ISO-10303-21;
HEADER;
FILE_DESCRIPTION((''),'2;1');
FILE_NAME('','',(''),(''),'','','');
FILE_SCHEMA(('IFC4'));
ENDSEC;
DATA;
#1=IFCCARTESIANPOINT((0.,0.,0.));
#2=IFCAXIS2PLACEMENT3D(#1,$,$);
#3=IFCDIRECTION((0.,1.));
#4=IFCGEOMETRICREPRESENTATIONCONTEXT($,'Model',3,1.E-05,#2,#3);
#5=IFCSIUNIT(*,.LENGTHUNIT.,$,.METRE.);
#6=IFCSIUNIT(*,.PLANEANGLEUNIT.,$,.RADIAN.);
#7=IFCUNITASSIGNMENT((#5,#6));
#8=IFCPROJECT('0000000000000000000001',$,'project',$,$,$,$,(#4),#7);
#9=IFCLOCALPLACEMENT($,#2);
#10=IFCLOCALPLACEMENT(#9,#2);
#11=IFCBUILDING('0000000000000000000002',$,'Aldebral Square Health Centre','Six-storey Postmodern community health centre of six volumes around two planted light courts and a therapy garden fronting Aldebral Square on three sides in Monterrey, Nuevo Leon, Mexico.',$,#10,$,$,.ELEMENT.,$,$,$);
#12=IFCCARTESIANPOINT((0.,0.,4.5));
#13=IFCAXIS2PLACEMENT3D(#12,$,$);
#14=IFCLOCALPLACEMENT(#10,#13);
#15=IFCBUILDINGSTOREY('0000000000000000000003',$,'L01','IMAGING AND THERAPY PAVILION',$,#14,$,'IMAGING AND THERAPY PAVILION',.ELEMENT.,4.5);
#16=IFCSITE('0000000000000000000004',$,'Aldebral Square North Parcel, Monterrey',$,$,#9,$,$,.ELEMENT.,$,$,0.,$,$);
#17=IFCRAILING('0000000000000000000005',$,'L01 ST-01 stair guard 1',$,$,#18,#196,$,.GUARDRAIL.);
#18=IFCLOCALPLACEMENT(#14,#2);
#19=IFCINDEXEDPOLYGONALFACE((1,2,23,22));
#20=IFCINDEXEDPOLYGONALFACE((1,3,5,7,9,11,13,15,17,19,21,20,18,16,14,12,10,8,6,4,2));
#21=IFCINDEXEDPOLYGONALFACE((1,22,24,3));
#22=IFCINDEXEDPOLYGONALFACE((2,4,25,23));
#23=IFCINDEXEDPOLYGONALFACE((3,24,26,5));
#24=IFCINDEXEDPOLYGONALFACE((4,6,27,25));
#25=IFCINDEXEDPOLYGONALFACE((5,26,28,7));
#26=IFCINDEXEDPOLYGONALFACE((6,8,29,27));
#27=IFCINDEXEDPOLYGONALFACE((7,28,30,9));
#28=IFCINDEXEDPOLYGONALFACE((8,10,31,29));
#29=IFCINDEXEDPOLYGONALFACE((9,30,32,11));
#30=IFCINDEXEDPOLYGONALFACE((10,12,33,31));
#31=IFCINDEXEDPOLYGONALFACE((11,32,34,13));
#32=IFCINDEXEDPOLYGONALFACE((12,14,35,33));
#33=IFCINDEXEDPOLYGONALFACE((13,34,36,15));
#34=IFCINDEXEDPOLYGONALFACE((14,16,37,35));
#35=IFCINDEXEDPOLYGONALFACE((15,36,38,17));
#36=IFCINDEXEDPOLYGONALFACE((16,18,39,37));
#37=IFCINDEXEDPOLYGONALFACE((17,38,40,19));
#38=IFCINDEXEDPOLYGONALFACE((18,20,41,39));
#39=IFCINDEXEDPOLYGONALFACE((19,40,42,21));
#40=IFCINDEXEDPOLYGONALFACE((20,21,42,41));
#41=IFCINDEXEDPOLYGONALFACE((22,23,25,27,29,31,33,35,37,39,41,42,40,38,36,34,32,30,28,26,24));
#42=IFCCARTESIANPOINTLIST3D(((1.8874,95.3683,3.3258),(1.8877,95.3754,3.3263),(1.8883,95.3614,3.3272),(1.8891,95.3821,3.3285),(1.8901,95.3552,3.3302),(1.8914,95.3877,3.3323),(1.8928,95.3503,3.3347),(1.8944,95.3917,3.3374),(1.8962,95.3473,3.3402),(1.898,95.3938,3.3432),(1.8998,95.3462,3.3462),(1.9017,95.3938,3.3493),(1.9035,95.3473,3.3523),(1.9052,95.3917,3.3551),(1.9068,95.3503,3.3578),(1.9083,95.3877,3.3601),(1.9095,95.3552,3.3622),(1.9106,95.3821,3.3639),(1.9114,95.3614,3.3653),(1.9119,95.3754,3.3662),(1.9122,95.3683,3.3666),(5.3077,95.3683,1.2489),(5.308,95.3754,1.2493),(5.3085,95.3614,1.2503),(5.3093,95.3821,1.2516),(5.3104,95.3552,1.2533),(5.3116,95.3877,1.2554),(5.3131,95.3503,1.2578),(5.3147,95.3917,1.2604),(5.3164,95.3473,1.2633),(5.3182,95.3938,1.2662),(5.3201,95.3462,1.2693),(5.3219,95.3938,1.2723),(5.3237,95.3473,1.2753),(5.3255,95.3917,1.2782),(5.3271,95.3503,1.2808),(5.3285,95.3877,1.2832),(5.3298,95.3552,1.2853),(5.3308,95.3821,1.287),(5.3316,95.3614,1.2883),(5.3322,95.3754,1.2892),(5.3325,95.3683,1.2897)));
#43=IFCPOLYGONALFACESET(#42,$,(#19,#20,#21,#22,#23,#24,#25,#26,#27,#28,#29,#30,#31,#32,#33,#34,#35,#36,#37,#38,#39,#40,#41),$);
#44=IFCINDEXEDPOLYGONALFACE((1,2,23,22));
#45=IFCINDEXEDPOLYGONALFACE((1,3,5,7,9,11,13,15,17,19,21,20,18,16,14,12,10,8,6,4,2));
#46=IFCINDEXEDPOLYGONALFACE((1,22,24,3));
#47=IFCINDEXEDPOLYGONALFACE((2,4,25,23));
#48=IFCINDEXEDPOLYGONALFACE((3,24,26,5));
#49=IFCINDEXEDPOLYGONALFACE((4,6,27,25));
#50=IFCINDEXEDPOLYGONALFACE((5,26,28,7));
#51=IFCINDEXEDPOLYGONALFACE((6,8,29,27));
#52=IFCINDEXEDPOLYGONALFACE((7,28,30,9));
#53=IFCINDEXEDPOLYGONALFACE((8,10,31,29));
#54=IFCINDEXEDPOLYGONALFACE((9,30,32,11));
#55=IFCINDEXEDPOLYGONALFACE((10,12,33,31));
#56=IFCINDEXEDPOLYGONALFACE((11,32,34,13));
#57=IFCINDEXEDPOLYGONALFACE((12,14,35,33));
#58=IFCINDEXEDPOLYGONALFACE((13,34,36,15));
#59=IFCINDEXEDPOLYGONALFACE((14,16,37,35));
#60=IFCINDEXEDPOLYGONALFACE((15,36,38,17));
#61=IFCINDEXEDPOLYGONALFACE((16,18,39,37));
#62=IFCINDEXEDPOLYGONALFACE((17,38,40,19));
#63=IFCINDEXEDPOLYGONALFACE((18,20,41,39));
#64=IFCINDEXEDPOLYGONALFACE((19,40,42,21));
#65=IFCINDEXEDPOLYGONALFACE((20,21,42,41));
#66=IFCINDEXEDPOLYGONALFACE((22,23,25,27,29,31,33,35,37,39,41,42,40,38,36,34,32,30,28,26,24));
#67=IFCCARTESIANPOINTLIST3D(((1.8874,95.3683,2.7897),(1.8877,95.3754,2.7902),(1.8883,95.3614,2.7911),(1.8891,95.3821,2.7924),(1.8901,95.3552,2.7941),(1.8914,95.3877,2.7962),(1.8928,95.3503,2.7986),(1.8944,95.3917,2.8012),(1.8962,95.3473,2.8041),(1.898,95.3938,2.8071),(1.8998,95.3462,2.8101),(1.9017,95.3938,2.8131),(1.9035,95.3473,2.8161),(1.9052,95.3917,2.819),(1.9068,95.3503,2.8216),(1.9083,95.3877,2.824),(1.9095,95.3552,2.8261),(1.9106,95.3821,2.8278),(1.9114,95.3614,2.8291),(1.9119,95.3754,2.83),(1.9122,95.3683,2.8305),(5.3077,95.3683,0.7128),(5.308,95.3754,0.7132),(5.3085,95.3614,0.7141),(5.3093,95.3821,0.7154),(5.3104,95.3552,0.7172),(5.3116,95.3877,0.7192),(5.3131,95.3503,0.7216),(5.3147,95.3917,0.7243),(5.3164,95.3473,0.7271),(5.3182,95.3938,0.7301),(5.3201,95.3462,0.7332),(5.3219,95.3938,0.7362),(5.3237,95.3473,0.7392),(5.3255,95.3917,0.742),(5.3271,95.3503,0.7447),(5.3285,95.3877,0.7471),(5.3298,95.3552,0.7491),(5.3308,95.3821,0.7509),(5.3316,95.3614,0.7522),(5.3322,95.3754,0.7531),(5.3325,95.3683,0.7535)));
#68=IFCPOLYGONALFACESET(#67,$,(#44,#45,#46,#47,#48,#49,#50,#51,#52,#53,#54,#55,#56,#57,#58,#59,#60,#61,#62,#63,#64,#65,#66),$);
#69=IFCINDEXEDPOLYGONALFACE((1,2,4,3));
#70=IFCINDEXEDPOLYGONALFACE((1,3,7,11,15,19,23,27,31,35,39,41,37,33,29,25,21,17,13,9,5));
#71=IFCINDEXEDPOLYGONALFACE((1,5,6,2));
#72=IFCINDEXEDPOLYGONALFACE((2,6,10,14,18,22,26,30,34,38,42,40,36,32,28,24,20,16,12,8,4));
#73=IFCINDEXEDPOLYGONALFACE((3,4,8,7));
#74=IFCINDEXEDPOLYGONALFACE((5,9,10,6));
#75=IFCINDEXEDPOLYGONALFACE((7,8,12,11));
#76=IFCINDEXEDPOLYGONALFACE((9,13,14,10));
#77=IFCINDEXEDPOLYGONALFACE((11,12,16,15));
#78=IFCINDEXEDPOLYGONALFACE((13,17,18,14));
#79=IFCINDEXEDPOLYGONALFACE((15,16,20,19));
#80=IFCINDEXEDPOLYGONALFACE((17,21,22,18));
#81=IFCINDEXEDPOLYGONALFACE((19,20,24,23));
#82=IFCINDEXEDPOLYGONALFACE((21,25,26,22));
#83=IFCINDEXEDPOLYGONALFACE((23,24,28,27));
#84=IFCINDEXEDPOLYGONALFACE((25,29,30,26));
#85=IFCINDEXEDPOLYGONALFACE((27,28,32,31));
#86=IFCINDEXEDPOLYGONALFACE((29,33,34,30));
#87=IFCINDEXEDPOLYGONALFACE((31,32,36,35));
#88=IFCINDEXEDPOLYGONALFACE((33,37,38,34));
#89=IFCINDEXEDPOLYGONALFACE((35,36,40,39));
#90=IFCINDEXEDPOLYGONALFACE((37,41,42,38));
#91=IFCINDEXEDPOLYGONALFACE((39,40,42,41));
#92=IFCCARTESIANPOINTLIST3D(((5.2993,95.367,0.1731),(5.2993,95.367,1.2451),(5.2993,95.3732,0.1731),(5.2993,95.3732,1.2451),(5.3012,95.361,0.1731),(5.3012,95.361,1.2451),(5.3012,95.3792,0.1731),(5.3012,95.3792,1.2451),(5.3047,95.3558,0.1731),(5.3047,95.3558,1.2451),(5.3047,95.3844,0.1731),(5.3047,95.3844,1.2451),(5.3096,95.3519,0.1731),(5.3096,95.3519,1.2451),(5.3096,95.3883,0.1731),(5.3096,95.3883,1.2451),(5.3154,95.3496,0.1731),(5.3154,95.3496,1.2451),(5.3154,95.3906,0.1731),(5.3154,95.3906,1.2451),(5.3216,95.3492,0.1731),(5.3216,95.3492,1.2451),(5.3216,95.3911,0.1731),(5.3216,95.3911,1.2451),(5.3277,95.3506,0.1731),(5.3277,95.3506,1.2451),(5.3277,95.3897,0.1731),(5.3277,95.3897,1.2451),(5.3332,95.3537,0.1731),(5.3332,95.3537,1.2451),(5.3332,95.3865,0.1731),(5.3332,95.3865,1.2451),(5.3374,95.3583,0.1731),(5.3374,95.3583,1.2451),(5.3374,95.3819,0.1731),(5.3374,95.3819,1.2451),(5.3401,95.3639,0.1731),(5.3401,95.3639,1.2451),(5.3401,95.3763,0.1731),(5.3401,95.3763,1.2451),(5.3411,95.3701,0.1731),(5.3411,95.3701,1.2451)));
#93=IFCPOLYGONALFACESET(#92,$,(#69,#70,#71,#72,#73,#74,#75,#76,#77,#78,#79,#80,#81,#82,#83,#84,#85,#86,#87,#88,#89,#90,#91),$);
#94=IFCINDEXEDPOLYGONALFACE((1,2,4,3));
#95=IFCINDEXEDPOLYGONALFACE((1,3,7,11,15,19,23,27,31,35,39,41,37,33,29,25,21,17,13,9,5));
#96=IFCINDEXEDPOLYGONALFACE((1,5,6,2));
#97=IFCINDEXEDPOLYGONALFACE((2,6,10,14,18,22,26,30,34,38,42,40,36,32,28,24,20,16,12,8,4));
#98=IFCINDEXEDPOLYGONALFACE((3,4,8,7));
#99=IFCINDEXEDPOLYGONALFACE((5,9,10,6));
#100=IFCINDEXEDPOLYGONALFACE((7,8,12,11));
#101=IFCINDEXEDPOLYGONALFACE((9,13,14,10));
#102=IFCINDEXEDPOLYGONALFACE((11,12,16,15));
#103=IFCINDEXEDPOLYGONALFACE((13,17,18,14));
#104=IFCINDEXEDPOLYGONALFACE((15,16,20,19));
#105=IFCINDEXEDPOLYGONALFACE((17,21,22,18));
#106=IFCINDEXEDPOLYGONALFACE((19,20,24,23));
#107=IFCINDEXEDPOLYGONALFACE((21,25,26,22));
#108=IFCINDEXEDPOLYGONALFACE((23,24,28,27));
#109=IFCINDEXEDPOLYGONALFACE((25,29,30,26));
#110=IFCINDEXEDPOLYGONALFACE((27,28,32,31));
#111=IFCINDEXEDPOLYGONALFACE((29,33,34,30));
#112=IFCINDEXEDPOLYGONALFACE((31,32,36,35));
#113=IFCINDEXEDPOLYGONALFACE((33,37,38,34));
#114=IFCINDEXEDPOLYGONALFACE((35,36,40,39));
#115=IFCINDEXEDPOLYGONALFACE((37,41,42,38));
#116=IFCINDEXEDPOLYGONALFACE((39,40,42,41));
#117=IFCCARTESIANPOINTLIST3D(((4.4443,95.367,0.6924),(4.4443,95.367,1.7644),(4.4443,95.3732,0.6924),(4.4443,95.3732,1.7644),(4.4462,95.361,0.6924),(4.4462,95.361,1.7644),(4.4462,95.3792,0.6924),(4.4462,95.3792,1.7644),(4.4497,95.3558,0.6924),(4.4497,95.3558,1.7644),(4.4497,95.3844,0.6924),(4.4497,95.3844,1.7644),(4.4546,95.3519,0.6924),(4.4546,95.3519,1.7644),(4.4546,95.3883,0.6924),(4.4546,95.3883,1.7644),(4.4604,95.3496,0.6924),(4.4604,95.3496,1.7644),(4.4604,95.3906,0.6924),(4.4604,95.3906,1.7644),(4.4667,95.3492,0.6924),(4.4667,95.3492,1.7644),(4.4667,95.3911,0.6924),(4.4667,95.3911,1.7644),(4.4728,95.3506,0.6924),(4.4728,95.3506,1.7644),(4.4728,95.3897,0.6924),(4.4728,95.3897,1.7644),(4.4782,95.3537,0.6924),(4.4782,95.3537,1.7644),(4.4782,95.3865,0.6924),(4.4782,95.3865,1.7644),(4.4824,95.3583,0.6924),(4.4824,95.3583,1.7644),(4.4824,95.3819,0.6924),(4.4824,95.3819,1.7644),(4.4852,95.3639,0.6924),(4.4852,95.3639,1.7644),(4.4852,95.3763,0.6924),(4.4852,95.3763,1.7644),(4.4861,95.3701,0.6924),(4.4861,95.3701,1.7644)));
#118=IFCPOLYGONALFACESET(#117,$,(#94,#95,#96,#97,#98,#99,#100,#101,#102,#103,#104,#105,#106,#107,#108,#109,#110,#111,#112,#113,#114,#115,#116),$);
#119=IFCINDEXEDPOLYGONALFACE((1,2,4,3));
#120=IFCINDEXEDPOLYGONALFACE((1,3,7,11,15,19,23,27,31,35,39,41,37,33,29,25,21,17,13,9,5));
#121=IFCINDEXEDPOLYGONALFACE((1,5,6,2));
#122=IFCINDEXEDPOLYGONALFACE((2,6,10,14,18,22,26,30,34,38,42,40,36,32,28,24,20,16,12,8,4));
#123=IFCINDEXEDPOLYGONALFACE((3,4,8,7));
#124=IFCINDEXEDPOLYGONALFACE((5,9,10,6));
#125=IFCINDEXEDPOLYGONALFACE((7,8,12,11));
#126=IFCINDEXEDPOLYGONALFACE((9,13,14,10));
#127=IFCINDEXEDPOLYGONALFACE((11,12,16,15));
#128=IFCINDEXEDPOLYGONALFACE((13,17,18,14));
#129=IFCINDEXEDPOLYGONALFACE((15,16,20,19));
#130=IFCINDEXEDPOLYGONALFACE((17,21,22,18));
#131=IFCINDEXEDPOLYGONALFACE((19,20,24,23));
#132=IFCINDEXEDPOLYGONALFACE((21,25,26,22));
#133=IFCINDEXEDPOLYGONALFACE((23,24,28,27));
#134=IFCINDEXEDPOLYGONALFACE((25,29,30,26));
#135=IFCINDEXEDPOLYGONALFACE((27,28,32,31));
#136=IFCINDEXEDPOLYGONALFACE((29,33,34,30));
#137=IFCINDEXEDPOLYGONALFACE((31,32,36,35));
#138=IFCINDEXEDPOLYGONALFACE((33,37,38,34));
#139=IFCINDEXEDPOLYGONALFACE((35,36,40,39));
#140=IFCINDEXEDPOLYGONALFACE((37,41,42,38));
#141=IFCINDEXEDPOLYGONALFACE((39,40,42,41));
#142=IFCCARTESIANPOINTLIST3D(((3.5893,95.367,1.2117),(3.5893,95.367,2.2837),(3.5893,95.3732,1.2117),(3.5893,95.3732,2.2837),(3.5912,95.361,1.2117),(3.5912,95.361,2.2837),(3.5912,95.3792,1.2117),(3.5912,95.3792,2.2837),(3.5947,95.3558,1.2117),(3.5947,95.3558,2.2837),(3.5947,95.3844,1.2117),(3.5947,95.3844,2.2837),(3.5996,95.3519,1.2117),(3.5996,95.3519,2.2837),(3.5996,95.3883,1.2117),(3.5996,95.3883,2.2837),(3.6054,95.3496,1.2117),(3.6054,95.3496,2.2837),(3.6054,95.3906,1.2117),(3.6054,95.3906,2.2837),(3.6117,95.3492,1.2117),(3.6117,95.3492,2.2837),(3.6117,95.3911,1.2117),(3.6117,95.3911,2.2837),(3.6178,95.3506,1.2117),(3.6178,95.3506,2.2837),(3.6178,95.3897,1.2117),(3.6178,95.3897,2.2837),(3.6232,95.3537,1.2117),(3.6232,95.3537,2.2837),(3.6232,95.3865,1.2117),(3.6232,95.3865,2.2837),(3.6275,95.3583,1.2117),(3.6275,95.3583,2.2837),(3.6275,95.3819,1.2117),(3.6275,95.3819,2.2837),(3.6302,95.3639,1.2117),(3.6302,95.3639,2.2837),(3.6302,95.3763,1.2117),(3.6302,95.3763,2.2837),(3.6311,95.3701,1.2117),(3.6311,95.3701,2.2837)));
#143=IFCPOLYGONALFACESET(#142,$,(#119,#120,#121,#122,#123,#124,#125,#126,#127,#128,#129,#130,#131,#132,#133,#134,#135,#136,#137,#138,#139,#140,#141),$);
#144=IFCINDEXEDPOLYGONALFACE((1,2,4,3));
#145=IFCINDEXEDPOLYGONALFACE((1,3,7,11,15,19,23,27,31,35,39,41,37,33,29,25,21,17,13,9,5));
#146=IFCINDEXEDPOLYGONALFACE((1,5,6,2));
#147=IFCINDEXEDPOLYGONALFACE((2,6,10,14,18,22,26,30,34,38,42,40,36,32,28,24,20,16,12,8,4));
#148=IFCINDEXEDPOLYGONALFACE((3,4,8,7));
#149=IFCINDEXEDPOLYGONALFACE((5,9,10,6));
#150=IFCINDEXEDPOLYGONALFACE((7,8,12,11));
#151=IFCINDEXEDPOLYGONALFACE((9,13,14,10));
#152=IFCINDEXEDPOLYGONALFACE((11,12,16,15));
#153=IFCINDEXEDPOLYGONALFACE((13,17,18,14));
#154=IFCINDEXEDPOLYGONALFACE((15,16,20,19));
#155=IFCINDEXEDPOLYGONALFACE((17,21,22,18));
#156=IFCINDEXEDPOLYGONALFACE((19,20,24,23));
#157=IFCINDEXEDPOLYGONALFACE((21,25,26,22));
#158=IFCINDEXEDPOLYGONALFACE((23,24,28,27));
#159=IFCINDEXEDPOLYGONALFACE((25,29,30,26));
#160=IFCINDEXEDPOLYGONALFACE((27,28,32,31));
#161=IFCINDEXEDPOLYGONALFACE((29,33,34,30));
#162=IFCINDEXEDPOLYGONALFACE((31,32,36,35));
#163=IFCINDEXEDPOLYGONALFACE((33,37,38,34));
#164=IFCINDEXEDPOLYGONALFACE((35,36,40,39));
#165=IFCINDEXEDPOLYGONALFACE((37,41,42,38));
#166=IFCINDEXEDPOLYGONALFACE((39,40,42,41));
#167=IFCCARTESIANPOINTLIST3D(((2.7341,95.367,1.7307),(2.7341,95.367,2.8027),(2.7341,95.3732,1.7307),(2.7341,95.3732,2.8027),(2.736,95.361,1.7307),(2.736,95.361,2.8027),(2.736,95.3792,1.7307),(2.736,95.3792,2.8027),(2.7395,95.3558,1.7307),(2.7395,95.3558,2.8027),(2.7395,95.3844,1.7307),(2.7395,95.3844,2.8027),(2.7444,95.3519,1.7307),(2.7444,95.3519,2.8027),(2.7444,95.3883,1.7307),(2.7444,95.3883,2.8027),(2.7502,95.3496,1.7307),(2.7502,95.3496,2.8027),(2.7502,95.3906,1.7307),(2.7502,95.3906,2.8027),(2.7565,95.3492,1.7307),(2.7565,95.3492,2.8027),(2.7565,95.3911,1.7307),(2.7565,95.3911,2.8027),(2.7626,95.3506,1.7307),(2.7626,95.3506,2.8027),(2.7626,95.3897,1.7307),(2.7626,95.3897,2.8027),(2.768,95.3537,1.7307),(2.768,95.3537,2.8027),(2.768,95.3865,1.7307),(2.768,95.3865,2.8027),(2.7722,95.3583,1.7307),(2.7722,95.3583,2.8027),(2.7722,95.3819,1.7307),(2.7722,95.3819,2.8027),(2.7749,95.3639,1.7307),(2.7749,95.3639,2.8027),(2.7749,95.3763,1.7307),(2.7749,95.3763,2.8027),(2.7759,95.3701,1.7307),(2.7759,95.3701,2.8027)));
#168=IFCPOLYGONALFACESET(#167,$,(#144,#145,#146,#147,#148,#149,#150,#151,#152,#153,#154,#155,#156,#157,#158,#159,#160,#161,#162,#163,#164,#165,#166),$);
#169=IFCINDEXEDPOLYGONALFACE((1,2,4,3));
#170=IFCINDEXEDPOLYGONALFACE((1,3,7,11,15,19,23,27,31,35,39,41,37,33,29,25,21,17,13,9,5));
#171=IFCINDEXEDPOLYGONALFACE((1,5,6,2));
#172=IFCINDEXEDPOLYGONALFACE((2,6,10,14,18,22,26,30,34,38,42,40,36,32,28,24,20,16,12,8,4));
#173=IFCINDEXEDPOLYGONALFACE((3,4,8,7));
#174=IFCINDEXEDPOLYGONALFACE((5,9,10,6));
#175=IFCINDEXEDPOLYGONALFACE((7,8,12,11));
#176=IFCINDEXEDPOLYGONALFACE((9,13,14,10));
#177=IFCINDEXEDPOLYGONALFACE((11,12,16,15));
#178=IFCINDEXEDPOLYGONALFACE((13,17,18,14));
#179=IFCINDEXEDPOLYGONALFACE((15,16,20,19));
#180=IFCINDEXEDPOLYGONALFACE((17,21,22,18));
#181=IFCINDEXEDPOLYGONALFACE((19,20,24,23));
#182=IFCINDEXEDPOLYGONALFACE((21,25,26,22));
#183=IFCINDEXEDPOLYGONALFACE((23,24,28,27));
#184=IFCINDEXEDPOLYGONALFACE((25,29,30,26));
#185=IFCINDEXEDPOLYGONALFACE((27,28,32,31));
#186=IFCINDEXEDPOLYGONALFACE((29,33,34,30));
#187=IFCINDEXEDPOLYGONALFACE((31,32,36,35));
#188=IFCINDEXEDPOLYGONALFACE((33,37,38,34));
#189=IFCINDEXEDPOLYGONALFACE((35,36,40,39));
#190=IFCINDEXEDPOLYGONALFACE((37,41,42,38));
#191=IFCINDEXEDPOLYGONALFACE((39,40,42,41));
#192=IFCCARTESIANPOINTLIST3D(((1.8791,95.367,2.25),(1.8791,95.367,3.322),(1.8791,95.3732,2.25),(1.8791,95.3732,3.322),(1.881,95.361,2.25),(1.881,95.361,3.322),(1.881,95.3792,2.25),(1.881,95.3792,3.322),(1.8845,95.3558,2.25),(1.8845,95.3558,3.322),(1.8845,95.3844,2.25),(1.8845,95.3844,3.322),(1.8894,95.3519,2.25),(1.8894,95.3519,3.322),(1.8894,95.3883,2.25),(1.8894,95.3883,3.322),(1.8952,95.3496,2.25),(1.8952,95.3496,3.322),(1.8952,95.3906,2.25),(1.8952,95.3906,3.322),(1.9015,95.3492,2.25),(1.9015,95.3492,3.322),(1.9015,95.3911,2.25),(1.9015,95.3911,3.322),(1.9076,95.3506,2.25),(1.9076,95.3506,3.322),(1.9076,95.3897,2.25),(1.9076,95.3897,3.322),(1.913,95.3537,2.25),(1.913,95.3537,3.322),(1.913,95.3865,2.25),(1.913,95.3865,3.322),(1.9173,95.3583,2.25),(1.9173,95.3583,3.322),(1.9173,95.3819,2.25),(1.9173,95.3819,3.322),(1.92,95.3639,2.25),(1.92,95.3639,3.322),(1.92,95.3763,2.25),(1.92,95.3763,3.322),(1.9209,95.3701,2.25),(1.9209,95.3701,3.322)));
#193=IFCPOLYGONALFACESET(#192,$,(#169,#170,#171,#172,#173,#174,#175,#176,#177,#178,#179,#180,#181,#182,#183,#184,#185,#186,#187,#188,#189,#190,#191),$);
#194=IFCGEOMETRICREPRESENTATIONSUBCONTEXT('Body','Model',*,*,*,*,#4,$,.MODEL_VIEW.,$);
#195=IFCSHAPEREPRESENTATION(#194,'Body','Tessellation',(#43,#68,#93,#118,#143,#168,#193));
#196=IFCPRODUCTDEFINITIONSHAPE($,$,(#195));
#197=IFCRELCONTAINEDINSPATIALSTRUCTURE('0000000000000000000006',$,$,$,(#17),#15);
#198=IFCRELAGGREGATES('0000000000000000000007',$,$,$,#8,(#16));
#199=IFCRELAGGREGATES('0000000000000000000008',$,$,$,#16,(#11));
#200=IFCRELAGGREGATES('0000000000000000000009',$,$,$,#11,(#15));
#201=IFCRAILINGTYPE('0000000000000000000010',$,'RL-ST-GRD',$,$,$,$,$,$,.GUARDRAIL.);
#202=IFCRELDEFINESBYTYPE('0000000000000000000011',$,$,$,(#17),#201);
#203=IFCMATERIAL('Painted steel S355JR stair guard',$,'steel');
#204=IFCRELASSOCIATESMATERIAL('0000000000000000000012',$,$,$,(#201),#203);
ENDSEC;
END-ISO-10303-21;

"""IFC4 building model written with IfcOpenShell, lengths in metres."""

from ifc_helpers import new_model, si_unit, direction, frame, origin, origin_2d, place, context, subcontext, project, spatial, circle, extrude, material, type_object, element, save


model = new_model("IFC4")

# Units and contexts
model_context = context("Model", 3, precision=1e-05, world=origin(), true_north=direction((0.0, 1.0)))
body_context = subcontext(model_context, "Body", "Model", "MODEL_VIEW")
ifc_project = project(units=[si_unit("LENGTHUNIT", "METRE"), si_unit("PLANEANGLEUNIT", "RADIAN")], contexts=[model_context])

# Site, building, storey
site_placement = place(None, origin())
site = spatial("IfcSite", under=ifc_project, at=site_placement, Name="Aldebral Square North Parcel, Monterrey", CompositionType="ELEMENT", RefElevation=0.0)
building_placement = place(site_placement, origin())
building = spatial("IfcBuilding", under=site, at=building_placement, Name="Aldebral Square Health Centre", Description="Six-storey Postmodern community health centre of six volumes around two planted light courts and a therapy garden fronting Aldebral Square on three sides in Monterrey, Nuevo Leon, Mexico.", CompositionType="ELEMENT")
storey_placement = place(building_placement, frame((0.0, 0.0, 4.5)))
storey = spatial("IfcBuildingStorey", under=building, at=storey_placement, Name="L01", Description="IMAGING AND THERAPY PAVILION", LongName="IMAGING AND THERAPY PAVILION", CompositionType="ELEMENT", Elevation=4.5)

# Railing
ifc_material_1 = material(Name="Painted steel S355JR stair guard", Category="steel")
railing_type = type_object("IfcRailingType", Name="RL-ST-GRD", PredefinedType="GUARDRAIL", material=ifc_material_1)
railing_1_placement = place(storey_placement, frame((5.3201, 95.3701, 0.1731)))
element("IfcRailing", 1, at=railing_1_placement, inside=storey, type_object=railing_type, Name="L01 ST-01 stair guard 1", PredefinedType="GUARDRAIL", context=body_context, shape_type="SweptSolid", body=[
    extrude(circle(Radius=0.0239, at=origin_2d()), frame((0.0, 0.0, 1.0962), z_axis=(-0.854746, 0.0, 0.519047), x_axis=(0.0, -1.0, 0.0)), (0.0, 0.0, 1.0), 4.0015),
    extrude(circle(Radius=0.0239, at=origin_2d()), frame((0.0, 0.0, 0.5601), z_axis=(-0.854746, 0.0, 0.519047), x_axis=(0.0, -1.0, 0.0)), (0.0, 0.0, 1.0), 4.0015),
    extrude(circle(Radius=0.021, at=origin_2d()), origin(), (0.0, 0.0, 1.0), 1.072),
    extrude(circle(Radius=0.021, at=origin_2d()), frame((-0.855, 0.0, 0.5193)), (0.0, 0.0, 1.0), 1.072),
    extrude(circle(Radius=0.021, at=origin_2d()), frame((-1.71, 0.0, 1.0386)), (0.0, 0.0, 1.0), 1.072),
    extrude(circle(Radius=0.021, at=origin_2d()), frame((-2.5652, 0.0, 1.5576)), (0.0, 0.0, 1.0), 1.072),
    extrude(circle(Radius=0.021, at=origin_2d()), frame((-3.4202, 0.0, 2.0769)), (0.0, 0.0, 1.0), 1.072),
])

save(model, "model.ifc")
